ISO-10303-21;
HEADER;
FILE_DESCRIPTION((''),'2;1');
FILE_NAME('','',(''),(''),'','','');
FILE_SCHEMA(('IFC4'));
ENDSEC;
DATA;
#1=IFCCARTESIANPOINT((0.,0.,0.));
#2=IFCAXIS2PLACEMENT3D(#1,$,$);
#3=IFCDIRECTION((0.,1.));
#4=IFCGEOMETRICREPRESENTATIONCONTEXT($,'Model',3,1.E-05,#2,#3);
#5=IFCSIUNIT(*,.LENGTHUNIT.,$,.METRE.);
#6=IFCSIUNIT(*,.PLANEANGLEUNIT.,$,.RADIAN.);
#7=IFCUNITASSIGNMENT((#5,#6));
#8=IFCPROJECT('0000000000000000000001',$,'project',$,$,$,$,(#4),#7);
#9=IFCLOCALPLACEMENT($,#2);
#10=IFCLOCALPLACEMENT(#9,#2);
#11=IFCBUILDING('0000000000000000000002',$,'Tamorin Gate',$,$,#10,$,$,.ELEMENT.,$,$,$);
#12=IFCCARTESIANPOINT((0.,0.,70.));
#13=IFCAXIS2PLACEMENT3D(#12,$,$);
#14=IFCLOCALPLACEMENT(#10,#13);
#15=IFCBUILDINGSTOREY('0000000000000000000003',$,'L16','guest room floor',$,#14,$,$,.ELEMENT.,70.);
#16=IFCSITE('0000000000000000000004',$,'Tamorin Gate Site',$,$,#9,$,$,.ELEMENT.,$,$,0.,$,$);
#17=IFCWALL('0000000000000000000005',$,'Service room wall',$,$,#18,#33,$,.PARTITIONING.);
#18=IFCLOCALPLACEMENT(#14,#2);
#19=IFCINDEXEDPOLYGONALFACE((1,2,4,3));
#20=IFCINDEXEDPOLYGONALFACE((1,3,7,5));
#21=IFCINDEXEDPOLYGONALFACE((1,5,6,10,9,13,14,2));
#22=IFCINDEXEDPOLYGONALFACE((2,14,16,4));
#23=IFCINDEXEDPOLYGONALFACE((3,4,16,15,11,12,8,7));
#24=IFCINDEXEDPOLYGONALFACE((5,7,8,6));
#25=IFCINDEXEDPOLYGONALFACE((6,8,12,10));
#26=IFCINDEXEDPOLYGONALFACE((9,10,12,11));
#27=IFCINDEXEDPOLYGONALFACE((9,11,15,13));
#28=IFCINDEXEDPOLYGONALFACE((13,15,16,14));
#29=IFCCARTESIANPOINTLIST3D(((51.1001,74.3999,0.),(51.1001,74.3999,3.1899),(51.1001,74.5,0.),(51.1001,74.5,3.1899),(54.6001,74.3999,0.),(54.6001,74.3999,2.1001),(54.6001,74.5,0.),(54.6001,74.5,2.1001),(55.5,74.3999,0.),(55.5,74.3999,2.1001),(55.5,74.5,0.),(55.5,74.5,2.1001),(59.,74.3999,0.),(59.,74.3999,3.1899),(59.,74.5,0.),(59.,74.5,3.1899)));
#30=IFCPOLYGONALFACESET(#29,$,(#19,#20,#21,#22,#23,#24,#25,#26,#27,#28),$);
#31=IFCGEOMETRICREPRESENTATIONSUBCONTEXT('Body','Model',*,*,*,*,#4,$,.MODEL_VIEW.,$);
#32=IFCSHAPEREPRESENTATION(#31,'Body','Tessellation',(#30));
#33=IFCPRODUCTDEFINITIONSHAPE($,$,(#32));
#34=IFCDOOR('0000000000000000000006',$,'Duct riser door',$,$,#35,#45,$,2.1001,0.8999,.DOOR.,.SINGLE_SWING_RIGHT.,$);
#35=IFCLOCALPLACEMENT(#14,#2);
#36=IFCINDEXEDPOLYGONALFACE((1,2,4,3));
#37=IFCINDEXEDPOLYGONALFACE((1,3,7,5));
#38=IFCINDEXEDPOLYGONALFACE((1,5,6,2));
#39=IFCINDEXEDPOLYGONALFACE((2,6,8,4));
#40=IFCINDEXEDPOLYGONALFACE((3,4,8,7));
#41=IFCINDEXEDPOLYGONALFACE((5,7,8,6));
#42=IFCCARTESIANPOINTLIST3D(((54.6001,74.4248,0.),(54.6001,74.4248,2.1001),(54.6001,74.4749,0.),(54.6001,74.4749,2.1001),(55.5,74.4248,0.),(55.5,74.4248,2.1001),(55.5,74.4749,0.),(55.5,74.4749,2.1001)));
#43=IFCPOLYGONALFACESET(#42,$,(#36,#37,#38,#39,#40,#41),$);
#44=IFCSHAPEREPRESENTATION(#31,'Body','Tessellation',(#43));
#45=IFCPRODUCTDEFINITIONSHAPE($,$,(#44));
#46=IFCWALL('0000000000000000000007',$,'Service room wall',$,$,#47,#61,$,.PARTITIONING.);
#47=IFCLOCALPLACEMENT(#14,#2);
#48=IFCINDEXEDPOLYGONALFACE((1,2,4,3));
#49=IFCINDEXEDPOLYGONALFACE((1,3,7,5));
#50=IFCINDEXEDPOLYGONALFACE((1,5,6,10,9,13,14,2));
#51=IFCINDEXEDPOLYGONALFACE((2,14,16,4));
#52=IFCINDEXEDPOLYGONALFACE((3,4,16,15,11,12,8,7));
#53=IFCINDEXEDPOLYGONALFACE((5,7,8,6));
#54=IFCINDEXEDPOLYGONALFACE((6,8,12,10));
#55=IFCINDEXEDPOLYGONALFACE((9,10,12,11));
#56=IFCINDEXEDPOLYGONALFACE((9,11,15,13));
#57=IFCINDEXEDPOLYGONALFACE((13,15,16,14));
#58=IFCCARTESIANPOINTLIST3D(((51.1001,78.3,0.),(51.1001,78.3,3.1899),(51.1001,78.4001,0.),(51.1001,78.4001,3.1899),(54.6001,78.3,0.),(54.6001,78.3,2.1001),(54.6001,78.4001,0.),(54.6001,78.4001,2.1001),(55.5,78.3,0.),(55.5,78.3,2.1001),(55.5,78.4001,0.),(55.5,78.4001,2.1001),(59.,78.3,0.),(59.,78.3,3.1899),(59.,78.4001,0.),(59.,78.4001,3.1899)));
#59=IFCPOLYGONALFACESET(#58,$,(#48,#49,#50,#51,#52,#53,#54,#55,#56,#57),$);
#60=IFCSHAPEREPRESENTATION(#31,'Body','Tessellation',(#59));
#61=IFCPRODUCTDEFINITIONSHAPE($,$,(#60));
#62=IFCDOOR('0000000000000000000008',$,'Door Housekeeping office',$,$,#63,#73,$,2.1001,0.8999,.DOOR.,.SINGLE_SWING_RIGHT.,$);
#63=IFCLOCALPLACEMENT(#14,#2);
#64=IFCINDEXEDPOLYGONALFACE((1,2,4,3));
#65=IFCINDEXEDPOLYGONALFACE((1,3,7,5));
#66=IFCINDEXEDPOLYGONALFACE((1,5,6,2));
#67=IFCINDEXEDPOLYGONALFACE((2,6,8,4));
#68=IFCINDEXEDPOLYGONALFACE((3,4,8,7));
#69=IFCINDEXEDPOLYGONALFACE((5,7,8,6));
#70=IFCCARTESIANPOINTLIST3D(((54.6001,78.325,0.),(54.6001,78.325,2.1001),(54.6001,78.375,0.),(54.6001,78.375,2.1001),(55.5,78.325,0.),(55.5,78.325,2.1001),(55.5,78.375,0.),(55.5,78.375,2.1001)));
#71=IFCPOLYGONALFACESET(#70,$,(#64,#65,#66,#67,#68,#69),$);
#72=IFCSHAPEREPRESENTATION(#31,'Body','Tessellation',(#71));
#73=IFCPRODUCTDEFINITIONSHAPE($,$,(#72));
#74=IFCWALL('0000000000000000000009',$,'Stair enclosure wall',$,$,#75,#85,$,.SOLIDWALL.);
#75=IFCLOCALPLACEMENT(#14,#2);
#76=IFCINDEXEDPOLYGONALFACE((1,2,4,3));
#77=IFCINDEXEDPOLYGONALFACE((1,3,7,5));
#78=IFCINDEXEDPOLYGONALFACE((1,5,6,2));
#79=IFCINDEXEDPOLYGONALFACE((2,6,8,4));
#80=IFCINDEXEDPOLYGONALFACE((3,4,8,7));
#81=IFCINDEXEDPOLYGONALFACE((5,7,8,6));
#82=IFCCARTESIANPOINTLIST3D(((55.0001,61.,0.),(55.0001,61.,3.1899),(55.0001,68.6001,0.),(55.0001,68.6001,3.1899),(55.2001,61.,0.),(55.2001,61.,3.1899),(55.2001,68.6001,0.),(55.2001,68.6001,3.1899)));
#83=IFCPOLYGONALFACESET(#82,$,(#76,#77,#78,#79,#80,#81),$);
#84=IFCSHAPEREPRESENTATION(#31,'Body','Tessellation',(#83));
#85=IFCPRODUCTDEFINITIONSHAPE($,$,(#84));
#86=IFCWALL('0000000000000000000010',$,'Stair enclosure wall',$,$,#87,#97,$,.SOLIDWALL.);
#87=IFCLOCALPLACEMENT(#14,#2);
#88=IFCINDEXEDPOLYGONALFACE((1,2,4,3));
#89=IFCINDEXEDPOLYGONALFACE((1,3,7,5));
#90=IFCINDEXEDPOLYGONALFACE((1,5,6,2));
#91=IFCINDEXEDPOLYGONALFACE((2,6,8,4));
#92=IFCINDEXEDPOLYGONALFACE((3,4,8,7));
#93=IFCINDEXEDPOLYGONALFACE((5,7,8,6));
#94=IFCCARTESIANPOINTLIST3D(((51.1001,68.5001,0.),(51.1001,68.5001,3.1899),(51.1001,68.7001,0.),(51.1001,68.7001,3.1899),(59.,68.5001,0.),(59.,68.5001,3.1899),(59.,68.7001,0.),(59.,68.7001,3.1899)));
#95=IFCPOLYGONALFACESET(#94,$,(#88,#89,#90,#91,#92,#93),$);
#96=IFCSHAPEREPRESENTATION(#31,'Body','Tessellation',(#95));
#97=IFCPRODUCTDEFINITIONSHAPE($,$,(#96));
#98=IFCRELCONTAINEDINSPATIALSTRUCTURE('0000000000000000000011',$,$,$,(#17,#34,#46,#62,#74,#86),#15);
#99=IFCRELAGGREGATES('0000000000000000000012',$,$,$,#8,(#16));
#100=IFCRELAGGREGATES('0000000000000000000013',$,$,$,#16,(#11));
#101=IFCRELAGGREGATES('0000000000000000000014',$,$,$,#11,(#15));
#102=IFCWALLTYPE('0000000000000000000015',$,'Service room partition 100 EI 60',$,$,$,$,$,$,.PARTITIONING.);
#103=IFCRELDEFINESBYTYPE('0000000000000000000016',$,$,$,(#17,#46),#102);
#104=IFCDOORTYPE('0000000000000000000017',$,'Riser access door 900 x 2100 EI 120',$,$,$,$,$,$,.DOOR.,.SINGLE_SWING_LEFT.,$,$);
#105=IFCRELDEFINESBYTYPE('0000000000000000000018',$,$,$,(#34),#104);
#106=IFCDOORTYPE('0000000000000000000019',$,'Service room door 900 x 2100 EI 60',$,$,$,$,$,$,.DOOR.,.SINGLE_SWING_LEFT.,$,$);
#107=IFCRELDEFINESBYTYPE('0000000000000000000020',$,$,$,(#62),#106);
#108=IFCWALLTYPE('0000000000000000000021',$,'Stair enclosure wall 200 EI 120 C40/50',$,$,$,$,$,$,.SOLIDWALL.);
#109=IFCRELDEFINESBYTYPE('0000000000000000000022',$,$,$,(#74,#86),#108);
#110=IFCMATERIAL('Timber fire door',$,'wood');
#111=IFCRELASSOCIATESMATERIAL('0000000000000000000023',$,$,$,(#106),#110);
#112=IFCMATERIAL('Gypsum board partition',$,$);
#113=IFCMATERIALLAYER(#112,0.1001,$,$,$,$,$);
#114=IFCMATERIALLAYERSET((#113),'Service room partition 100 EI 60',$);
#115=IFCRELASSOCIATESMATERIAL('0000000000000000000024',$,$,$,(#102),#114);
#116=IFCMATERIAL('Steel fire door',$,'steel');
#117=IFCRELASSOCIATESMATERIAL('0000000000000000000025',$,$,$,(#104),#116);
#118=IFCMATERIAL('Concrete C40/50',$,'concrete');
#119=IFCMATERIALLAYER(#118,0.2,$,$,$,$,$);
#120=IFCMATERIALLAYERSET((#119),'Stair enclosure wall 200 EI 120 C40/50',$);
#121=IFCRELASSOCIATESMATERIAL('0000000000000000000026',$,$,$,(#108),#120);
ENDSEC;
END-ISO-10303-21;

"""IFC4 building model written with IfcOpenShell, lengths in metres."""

from ifc_helpers import new_model, si_unit, direction, frame, frame_2d, origin, place, context, subcontext, project, spatial, rectangle, extrude, material, layer, layer_set, type_object, element, fill, save


model = new_model("IFC4")

# Units and contexts
model_context = context("Model", 3, precision=1e-05, world=origin(), true_north=direction((0.0, 1.0)))
body_context = subcontext(model_context, "Body", "Model", "MODEL_VIEW")
ifc_project = project(units=[si_unit("LENGTHUNIT", "METRE"), si_unit("PLANEANGLEUNIT", "RADIAN")], contexts=[model_context])

# Site, building, storey
site_placement = place(None, origin())
site = spatial("IfcSite", under=ifc_project, at=site_placement, Name="Tamorin Gate Site", CompositionType="ELEMENT", RefElevation=0.0)
building_placement = place(site_placement, origin())
building = spatial("IfcBuilding", under=site, at=building_placement, Name="Tamorin Gate", CompositionType="ELEMENT")
storey_placement = place(building_placement, frame((0.0, 0.0, 70.0)))
storey = spatial("IfcBuildingStorey", under=building, at=storey_placement, Name="L16", Description="guest room floor", CompositionType="ELEMENT", Elevation=70.0)

# Shared definitions
ifc_material_1 = material(Name="Steel fire door", Category="steel")

# Shared definitions
ifc_material_2 = material(Name="Gypsum board partition")

# Shared definitions
ifc_material_3 = material(Name="Timber fire door", Category="wood")
door_type_1 = type_object("IfcDoorType", Name="Service room door 900 x 2100 EI 60", OperationType="SINGLE_SWING_LEFT", PredefinedType="DOOR", material=ifc_material_3)

# Shared definitions
ifc_layer_1 = layer(ifc_material_2, 0.1001)
ifc_layer_set_1 = layer_set([ifc_layer_1], Name="Service room partition 100 EI 60")
wall_type_1 = type_object("IfcWallType", Name="Service room partition 100 EI 60", PredefinedType="PARTITIONING", material=ifc_layer_set_1)

# Walls, openings, doors
wall_1_placement = place(storey_placement, frame((51.1001, 74.45, 0.0), z_axis=(0.0, 0.0, 1.0), x_axis=(1.0, 0.0, 0.0)))
wall_1 = element("IfcWall", 1, at=wall_1_placement, inside=storey, type_object=wall_type_1, Name="Service room wall", PredefinedType="PARTITIONING", context=body_context, shape_type="SweptSolid", body=[
    extrude(rectangle(XDim=7.8999, YDim=0.1001, at=frame_2d((3.95, 0.0))), origin(), (0.0, 0.0, 1.0), 3.1899),
])
opening_1_placement = place(wall_1_placement, frame((3.5, 0.0, 0.0)))
opening_1 = element("IfcOpeningElement", 2, at=opening_1_placement, cuts=wall_1, PredefinedType="OPENING", context=body_context, shape_type="SweptSolid", body=[
    extrude(rectangle(XDim=0.8999, YDim=2.1001, at=frame_2d((0.45, 1.05))), frame((0.0, 0.0601, 0.0), z_axis=(0.0, -1.0, 0.0), x_axis=(1.0, 0.0, 0.0)), (0.0, 0.0, 1.0), 0.1201),
])
door_type_2 = type_object("IfcDoorType", Name="Riser access door 900 x 2100 EI 120", OperationType="SINGLE_SWING_LEFT", PredefinedType="DOOR", material=ifc_material_1)
door_1_placement = place(opening_1_placement, origin())
door_1 = element("IfcDoor", 3, at=door_1_placement, inside=storey, type_object=door_type_2, Name="Duct riser door", OperationType="SINGLE_SWING_RIGHT", OverallHeight=2.1001, OverallWidth=0.8999, PredefinedType="DOOR", context=body_context, shape_type="SweptSolid", body=[
    extrude(rectangle(XDim=0.8999, YDim=2.1001, at=frame_2d((0.45, 1.05))), frame((0.0, 0.0249, 0.0), z_axis=(0.0, -1.0, 0.0), x_axis=(1.0, 0.0, 0.0)), (0.0, 0.0, 1.0), 0.05),
])
fill(opening_1, door_1)
wall_2_placement = place(storey_placement, frame((51.1001, 78.3501, 0.0), z_axis=(0.0, 0.0, 1.0), x_axis=(1.0, 0.0, 0.0)))
wall_2 = element("IfcWall", 4, at=wall_2_placement, inside=storey, type_object=wall_type_1, Name="Service room wall", PredefinedType="PARTITIONING", context=body_context, shape_type="SweptSolid", body=[
    extrude(rectangle(XDim=7.8999, YDim=0.1001, at=frame_2d((3.95, 0.0))), origin(), (0.0, 0.0, 1.0), 3.1899),
])
opening_2_placement = place(wall_2_placement, frame((3.5, 0.0, 0.0)))
opening_2 = element("IfcOpeningElement", 5, at=opening_2_placement, cuts=wall_2, PredefinedType="OPENING", context=body_context, shape_type="SweptSolid", body=[
    extrude(rectangle(XDim=0.8999, YDim=2.1001, at=frame_2d((0.45, 1.05))), frame((0.0, 0.0601, 0.0), z_axis=(0.0, -1.0, 0.0), x_axis=(1.0, 0.0, 0.0)), (0.0, 0.0, 1.0), 0.1201),
])
door_2_placement = place(opening_2_placement, origin())
door_2 = element("IfcDoor", 6, at=door_2_placement, inside=storey, type_object=door_type_1, Name="Door Housekeeping office", OperationType="SINGLE_SWING_RIGHT", OverallHeight=2.1001, OverallWidth=0.8999, PredefinedType="DOOR", context=body_context, shape_type="SweptSolid", body=[
    extrude(rectangle(XDim=0.8999, YDim=2.1001, at=frame_2d((0.45, 1.05))), frame((0.0, 0.0249, 0.0), z_axis=(0.0, -1.0, 0.0), x_axis=(1.0, 0.0, 0.0)), (0.0, 0.0, 1.0), 0.05),
])
fill(opening_2, door_2)

# Walls
ifc_material_4 = material(Name="Concrete C40/50", Category="concrete")
ifc_layer_2 = layer(ifc_material_4, 0.2)
ifc_layer_set_2 = layer_set([ifc_layer_2], Name="Stair enclosure wall 200 EI 120 C40/50")
wall_type_2 = type_object("IfcWallType", Name="Stair enclosure wall 200 EI 120 C40/50", PredefinedType="SOLIDWALL", material=ifc_layer_set_2)
wall_3_placement = place(storey_placement, frame((55.1001, 61.0, 0.0), z_axis=(0.0, 0.0, 1.0), x_axis=(0.0, 1.0, 0.0)))
element("IfcWall", 7, at=wall_3_placement, inside=storey, type_object=wall_type_2, Name="Stair enclosure wall", PredefinedType="SOLIDWALL", context=body_context, shape_type="SweptSolid", body=[
    extrude(rectangle(XDim=7.6001, YDim=0.2, at=frame_2d((3.8, 0.0))), origin(), (0.0, 0.0, 1.0), 3.1899),
])
wall_4_placement = place(storey_placement, frame((51.1001, 68.6001, 0.0), z_axis=(0.0, 0.0, 1.0), x_axis=(1.0, 0.0, 0.0)))
element("IfcWall", 8, at=wall_4_placement, inside=storey, type_object=wall_type_2, Name="Stair enclosure wall", PredefinedType="SOLIDWALL", context=body_context, shape_type="SweptSolid", body=[
    extrude(rectangle(XDim=7.8999, YDim=0.2, at=frame_2d((3.95, 0.0))), origin(), (0.0, 0.0, 1.0), 3.1899),
])

save(model, "model.ifc")
